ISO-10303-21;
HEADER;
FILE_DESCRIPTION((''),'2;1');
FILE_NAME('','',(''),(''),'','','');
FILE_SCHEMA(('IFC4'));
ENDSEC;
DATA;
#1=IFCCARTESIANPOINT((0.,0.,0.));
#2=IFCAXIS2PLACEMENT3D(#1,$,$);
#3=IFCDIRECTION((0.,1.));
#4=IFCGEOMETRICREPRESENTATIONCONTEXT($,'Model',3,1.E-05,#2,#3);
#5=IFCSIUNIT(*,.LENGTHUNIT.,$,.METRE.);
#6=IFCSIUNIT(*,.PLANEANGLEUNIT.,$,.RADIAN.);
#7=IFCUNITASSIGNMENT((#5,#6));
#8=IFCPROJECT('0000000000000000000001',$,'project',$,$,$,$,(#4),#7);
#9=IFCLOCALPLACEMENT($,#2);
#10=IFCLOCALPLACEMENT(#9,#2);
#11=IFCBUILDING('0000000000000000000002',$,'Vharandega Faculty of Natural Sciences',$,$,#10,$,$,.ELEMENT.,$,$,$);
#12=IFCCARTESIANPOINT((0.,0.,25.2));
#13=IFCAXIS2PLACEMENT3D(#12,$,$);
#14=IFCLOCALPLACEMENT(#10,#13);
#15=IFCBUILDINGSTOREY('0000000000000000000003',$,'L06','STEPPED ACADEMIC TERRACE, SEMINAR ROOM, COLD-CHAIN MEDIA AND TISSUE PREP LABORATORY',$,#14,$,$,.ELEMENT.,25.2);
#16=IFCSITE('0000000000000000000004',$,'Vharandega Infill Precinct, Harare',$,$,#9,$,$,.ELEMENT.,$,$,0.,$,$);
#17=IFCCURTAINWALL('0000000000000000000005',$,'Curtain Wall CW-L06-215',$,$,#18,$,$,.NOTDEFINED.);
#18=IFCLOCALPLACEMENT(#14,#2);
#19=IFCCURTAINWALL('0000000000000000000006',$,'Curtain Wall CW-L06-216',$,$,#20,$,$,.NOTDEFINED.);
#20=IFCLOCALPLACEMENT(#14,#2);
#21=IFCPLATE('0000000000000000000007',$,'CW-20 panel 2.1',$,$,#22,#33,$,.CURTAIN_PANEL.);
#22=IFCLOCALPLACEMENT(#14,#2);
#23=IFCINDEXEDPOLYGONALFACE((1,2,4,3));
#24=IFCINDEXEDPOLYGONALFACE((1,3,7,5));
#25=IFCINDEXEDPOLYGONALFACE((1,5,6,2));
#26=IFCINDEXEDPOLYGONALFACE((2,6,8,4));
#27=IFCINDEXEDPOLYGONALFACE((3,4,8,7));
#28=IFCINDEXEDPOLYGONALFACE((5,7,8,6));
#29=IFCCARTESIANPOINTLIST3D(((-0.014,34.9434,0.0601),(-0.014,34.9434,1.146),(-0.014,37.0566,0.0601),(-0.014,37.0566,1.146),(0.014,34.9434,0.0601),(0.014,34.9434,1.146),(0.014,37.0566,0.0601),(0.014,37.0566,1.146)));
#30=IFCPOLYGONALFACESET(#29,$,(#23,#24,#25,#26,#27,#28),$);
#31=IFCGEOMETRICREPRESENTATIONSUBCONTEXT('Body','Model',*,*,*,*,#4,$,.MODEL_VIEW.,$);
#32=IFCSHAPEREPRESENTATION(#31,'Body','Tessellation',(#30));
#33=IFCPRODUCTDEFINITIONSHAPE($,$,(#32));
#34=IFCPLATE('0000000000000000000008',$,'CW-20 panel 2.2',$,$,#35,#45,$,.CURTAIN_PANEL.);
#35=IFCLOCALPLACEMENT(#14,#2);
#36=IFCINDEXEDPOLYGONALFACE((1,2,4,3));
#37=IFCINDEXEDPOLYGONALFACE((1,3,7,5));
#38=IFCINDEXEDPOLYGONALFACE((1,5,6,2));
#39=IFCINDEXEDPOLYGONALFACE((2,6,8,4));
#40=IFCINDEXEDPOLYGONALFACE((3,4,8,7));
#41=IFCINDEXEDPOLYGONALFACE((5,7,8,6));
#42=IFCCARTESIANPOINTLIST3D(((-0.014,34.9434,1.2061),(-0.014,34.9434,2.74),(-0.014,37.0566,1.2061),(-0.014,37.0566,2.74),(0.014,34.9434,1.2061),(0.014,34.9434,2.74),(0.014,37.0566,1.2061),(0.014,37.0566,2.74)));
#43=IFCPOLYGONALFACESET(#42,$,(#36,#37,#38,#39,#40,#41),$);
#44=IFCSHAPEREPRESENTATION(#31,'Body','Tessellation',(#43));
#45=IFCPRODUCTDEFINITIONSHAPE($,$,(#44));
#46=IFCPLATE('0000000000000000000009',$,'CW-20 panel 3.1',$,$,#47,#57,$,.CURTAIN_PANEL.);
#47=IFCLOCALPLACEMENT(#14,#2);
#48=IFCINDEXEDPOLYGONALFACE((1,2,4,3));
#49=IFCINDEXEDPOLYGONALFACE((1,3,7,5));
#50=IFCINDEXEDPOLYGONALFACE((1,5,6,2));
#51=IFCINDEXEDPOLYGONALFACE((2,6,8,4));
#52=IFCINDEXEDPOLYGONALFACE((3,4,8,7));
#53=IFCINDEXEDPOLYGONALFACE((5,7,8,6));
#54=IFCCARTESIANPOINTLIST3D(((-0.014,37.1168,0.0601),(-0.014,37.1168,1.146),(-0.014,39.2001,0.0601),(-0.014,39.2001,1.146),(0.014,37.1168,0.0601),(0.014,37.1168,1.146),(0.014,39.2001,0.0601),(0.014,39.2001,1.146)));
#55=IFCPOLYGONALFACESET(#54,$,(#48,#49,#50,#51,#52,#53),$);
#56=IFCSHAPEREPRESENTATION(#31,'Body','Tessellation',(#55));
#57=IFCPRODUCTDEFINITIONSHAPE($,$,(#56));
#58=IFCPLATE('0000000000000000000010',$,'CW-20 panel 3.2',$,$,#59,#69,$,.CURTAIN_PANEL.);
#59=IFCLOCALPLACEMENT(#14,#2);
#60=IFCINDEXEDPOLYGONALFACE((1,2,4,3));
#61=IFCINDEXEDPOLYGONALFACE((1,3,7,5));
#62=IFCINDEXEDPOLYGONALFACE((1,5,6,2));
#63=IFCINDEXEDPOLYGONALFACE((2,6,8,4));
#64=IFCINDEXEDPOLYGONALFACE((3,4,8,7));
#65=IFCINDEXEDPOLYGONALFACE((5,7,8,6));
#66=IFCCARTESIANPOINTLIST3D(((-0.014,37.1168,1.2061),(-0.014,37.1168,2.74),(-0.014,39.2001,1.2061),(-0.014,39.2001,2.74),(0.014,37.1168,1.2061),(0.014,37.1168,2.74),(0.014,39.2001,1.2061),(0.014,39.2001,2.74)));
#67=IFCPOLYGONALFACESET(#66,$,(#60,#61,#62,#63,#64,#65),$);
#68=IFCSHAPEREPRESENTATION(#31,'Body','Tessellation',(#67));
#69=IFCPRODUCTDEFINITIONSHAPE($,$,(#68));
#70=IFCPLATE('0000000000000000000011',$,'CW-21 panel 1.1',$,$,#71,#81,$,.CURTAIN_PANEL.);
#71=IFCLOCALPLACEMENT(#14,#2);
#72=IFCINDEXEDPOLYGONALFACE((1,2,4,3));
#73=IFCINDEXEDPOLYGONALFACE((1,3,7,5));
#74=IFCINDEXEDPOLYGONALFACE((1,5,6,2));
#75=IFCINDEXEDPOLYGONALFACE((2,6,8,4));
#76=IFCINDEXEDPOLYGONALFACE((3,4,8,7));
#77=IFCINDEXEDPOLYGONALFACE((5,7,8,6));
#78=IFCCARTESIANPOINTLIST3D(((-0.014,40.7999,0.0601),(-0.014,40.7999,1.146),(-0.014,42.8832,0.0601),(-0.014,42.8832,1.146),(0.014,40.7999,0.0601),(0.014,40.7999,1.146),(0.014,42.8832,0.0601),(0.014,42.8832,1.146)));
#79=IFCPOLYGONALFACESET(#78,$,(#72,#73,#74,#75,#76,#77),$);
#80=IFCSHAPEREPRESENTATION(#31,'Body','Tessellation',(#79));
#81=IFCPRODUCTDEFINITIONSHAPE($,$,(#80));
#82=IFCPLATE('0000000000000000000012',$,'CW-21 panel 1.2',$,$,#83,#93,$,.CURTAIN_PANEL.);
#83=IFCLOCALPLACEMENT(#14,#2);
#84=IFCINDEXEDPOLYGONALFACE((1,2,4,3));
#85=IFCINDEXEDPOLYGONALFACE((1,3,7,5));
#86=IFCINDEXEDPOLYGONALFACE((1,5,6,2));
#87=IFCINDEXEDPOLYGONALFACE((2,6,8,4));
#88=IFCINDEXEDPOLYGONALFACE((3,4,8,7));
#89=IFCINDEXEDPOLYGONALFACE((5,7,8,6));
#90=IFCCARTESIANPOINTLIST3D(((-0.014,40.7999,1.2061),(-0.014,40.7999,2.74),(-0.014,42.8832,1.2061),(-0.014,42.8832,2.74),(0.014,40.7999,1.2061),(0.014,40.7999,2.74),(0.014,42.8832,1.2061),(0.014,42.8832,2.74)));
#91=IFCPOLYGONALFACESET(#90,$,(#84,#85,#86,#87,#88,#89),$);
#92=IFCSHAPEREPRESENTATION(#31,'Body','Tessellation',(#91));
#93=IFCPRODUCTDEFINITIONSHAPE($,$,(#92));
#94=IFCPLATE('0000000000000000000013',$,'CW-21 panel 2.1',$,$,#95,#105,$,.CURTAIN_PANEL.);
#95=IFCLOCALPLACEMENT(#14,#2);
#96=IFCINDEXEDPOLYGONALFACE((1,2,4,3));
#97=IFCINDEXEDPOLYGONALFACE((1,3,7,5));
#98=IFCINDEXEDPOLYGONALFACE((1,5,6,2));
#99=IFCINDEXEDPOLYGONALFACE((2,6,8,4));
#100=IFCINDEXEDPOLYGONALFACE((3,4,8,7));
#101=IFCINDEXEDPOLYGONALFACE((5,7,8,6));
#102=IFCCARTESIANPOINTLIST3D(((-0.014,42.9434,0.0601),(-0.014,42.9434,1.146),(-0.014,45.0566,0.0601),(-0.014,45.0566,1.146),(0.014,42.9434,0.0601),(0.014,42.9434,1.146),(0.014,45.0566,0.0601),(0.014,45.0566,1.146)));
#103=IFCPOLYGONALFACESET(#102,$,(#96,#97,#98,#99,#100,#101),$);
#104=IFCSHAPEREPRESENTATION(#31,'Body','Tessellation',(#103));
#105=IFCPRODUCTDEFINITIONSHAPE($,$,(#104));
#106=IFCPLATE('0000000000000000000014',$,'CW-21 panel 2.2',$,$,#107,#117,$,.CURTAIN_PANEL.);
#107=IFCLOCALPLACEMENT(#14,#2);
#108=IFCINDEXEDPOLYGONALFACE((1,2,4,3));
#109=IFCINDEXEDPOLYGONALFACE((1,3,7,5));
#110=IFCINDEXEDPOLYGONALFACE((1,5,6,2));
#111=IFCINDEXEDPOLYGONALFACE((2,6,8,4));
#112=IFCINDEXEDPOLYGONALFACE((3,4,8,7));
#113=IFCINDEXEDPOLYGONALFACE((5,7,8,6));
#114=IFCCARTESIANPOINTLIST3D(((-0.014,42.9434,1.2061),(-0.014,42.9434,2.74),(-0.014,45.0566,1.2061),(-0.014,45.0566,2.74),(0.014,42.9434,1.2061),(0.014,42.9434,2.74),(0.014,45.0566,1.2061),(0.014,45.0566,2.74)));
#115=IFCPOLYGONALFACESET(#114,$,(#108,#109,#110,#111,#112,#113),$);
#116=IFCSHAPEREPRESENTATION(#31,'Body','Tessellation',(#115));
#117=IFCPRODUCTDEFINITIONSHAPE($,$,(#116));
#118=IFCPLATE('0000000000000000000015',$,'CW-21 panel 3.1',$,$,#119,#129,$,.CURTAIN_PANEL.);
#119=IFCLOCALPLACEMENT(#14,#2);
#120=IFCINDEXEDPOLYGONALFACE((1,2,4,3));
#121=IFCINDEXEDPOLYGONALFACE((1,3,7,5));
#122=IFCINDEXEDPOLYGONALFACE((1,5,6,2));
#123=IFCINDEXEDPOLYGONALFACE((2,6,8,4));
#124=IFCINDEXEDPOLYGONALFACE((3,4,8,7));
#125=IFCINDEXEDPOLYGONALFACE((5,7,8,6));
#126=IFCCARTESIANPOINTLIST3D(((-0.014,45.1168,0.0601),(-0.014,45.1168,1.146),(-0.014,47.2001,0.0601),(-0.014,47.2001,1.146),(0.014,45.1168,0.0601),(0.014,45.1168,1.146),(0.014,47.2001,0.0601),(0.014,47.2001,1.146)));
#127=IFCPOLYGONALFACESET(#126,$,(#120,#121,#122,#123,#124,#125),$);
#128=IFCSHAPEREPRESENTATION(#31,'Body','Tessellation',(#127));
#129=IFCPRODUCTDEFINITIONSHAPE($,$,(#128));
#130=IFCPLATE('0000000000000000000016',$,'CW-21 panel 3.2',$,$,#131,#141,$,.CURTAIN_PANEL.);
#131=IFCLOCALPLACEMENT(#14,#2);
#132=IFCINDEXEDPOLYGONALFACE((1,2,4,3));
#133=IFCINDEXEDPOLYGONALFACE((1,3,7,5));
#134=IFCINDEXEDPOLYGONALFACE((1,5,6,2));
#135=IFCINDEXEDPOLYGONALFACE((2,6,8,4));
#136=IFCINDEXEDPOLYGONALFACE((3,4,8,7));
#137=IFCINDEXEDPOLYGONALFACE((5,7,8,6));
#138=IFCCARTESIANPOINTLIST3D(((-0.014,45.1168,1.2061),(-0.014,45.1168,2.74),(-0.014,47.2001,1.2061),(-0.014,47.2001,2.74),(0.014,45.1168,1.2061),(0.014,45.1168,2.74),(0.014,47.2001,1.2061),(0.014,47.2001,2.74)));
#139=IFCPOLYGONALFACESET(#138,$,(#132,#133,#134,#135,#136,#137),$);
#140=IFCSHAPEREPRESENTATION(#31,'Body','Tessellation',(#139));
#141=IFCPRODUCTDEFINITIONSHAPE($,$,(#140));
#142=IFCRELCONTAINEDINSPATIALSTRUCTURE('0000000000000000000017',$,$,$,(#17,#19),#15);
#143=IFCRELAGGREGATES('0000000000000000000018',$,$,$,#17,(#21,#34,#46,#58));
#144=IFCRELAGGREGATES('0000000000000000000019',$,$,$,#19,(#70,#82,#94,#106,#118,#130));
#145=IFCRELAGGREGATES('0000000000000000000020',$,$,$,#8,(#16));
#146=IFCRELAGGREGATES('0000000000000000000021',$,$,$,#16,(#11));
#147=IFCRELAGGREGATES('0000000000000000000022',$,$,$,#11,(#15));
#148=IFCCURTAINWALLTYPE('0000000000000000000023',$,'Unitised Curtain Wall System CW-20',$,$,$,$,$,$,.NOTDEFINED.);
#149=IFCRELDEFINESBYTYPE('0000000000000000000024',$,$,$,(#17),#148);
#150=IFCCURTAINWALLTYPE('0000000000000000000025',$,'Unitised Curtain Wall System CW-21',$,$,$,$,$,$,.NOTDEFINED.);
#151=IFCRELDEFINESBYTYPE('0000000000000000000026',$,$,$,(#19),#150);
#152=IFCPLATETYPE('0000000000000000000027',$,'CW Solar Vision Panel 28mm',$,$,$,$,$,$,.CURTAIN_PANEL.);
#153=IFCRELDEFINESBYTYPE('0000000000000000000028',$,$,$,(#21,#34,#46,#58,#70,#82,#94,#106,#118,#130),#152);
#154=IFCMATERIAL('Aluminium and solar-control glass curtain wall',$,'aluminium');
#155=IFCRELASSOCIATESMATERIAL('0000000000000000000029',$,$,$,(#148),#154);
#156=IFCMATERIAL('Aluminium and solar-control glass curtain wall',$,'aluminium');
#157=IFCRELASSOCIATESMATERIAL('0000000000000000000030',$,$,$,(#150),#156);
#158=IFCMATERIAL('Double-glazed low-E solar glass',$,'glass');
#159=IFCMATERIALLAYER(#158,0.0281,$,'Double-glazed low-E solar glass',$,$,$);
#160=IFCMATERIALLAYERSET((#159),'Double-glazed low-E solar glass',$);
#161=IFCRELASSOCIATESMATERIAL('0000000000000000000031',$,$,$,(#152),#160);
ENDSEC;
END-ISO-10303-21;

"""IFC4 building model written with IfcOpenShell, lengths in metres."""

from ifc_helpers import new_model, si_unit, direction, frame, origin, origin_2d, place, context, subcontext, project, spatial, rectangle, extrude, material, layer, layer_set, type_object, element, aggregate, save


model = new_model("IFC4")

# Units and contexts
model_context = context("Model", 3, precision=1e-05, world=origin(), true_north=direction((0.0, 1.0)))
body_context = subcontext(model_context, "Body", "Model", "MODEL_VIEW")
ifc_project = project(units=[si_unit("LENGTHUNIT", "METRE"), si_unit("PLANEANGLEUNIT", "RADIAN")], contexts=[model_context])

# Site, building, storey
site_placement = place(None, origin())
site = spatial("IfcSite", under=ifc_project, at=site_placement, Name="Vharandega Infill Precinct, Harare", CompositionType="ELEMENT", RefElevation=0.0)
building_placement = place(site_placement, origin())
building = spatial("IfcBuilding", under=site, at=building_placement, Name="Vharandega Faculty of Natural Sciences", CompositionType="ELEMENT")
storey_placement = place(building_placement, frame((0.0, 0.0, 25.2)))
storey = spatial("IfcBuildingStorey", under=building, at=storey_placement, Name="L06", Description="STEPPED ACADEMIC TERRACE, SEMINAR ROOM, COLD-CHAIN MEDIA AND TISSUE PREP LABORATORY", CompositionType="ELEMENT", Elevation=25.2)

# Curtain walls
ifc_material_1 = material(Name="Aluminium and solar-control glass curtain wall", Category="aluminium")
curtain_wall_type_1 = type_object("IfcCurtainWallType", Name="Unitised Curtain Wall System CW-20", PredefinedType="NOTDEFINED", material=ifc_material_1)
curtain_wall_1_placement = place(storey_placement, origin())
curtain_wall_1 = element("IfcCurtainWall", 1, at=curtain_wall_1_placement, inside=storey, type_object=curtain_wall_type_1, Name="Curtain Wall CW-L06-215", PredefinedType="NOTDEFINED")
ifc_material_2 = material(Name="Aluminium and solar-control glass curtain wall", Category="aluminium")
curtain_wall_type_2 = type_object("IfcCurtainWallType", Name="Unitised Curtain Wall System CW-21", PredefinedType="NOTDEFINED", material=ifc_material_2)
curtain_wall_2_placement = place(storey_placement, origin())
curtain_wall_2 = element("IfcCurtainWall", 2, at=curtain_wall_2_placement, inside=storey, type_object=curtain_wall_type_2, Name="Curtain Wall CW-L06-216", PredefinedType="NOTDEFINED")

# Plates
ifc_material_3 = material(Name="Double-glazed low-E solar glass", Category="glass")
ifc_layer = layer(ifc_material_3, 0.0281, Name="Double-glazed low-E solar glass")
ifc_layer_set = layer_set([ifc_layer], Name="Double-glazed low-E solar glass")
plate_type = type_object("IfcPlateType", Name="CW Solar Vision Panel 28mm", PredefinedType="CURTAIN_PANEL", material=ifc_layer_set)
plate_1_placement = place(storey_placement, frame((0.0, 36.0, 0.0601), z_axis=(0.0, 0.0, 1.0), x_axis=(0.0, 1.0, 0.0)))
plate_1 = element("IfcPlate", 3, at=plate_1_placement, type_object=plate_type, Name="CW-20 panel 2.1", PredefinedType="CURTAIN_PANEL", context=body_context, shape_type="SweptSolid", body=[
    extrude(rectangle(XDim=2.1133, YDim=0.0281, at=origin_2d()), origin(), (0.0, 0.0, 1.0), 1.0859),
])
plate_2_placement = place(storey_placement, frame((0.0, 36.0, 1.2061), z_axis=(0.0, 0.0, 1.0), x_axis=(0.0, 1.0, 0.0)))
plate_2 = element("IfcPlate", 4, at=plate_2_placement, type_object=plate_type, Name="CW-20 panel 2.2", PredefinedType="CURTAIN_PANEL", context=body_context, shape_type="SweptSolid", body=[
    extrude(rectangle(XDim=2.1133, YDim=0.0281, at=origin_2d()), origin(), (0.0, 0.0, 1.0), 1.5339),
])
plate_3_placement = place(storey_placement, frame((0.0, 38.1584, 0.0601), z_axis=(0.0, 0.0, 1.0), x_axis=(0.0, 1.0, 0.0)))
plate_3 = element("IfcPlate", 5, at=plate_3_placement, type_object=plate_type, Name="CW-20 panel 3.1", PredefinedType="CURTAIN_PANEL", context=body_context, shape_type="SweptSolid", body=[
    extrude(rectangle(XDim=2.0833, YDim=0.0281, at=origin_2d()), origin(), (0.0, 0.0, 1.0), 1.0859),
])
plate_4_placement = place(storey_placement, frame((0.0, 38.1584, 1.2061), z_axis=(0.0, 0.0, 1.0), x_axis=(0.0, 1.0, 0.0)))
plate_4 = element("IfcPlate", 6, at=plate_4_placement, type_object=plate_type, Name="CW-20 panel 3.2", PredefinedType="CURTAIN_PANEL", context=body_context, shape_type="SweptSolid", body=[
    extrude(rectangle(XDim=2.0833, YDim=0.0281, at=origin_2d()), origin(), (0.0, 0.0, 1.0), 1.5339),
])
aggregate(curtain_wall_1, [plate_1, plate_2, plate_3, plate_4])
plate_5_placement = place(storey_placement, frame((0.0, 41.8416, 0.0601), z_axis=(0.0, 0.0, 1.0), x_axis=(0.0, 1.0, 0.0)))
plate_5 = element("IfcPlate", 7, at=plate_5_placement, type_object=plate_type, Name="CW-21 panel 1.1", PredefinedType="CURTAIN_PANEL", context=body_context, shape_type="SweptSolid", body=[
    extrude(rectangle(XDim=2.0833, YDim=0.0281, at=origin_2d()), origin(), (0.0, 0.0, 1.0), 1.0859),
])
plate_6_placement = place(storey_placement, frame((0.0, 41.8416, 1.2061), z_axis=(0.0, 0.0, 1.0), x_axis=(0.0, 1.0, 0.0)))
plate_6 = element("IfcPlate", 8, at=plate_6_placement, type_object=plate_type, Name="CW-21 panel 1.2", PredefinedType="CURTAIN_PANEL", context=body_context, shape_type="SweptSolid", body=[
    extrude(rectangle(XDim=2.0833, YDim=0.0281, at=origin_2d()), origin(), (0.0, 0.0, 1.0), 1.5339),
])
plate_7_placement = place(storey_placement, frame((0.0, 44.0, 0.0601), z_axis=(0.0, 0.0, 1.0), x_axis=(0.0, 1.0, 0.0)))
plate_7 = element("IfcPlate", 9, at=plate_7_placement, type_object=plate_type, Name="CW-21 panel 2.1", PredefinedType="CURTAIN_PANEL", context=body_context, shape_type="SweptSolid", body=[
    extrude(rectangle(XDim=2.1133, YDim=0.0281, at=origin_2d()), origin(), (0.0, 0.0, 1.0), 1.0859),
])
plate_8_placement = place(storey_placement, frame((0.0, 44.0, 1.2061), z_axis=(0.0, 0.0, 1.0), x_axis=(0.0, 1.0, 0.0)))
plate_8 = element("IfcPlate", 10, at=plate_8_placement, type_object=plate_type, Name="CW-21 panel 2.2", PredefinedType="CURTAIN_PANEL", context=body_context, shape_type="SweptSolid", body=[
    extrude(rectangle(XDim=2.1133, YDim=0.0281, at=origin_2d()), origin(), (0.0, 0.0, 1.0), 1.5339),
])
plate_9_placement = place(storey_placement, frame((0.0, 46.1584, 0.0601), z_axis=(0.0, 0.0, 1.0), x_axis=(0.0, 1.0, 0.0)))
plate_9 = element("IfcPlate", 11, at=plate_9_placement, type_object=plate_type, Name="CW-21 panel 3.1", PredefinedType="CURTAIN_PANEL", context=body_context, shape_type="SweptSolid", body=[
    extrude(rectangle(XDim=2.0833, YDim=0.0281, at=origin_2d()), origin(), (0.0, 0.0, 1.0), 1.0859),
])
plate_10_placement = place(storey_placement, frame((0.0, 46.1584, 1.2061), z_axis=(0.0, 0.0, 1.0), x_axis=(0.0, 1.0, 0.0)))
plate_10 = element("IfcPlate", 12, at=plate_10_placement, type_object=plate_type, Name="CW-21 panel 3.2", PredefinedType="CURTAIN_PANEL", context=body_context, shape_type="SweptSolid", body=[
    extrude(rectangle(XDim=2.0833, YDim=0.0281, at=origin_2d()), origin(), (0.0, 0.0, 1.0), 1.5339),
])
aggregate(curtain_wall_2, [plate_5, plate_6, plate_7, plate_8, plate_9, plate_10])

save(model, "model.ifc")
